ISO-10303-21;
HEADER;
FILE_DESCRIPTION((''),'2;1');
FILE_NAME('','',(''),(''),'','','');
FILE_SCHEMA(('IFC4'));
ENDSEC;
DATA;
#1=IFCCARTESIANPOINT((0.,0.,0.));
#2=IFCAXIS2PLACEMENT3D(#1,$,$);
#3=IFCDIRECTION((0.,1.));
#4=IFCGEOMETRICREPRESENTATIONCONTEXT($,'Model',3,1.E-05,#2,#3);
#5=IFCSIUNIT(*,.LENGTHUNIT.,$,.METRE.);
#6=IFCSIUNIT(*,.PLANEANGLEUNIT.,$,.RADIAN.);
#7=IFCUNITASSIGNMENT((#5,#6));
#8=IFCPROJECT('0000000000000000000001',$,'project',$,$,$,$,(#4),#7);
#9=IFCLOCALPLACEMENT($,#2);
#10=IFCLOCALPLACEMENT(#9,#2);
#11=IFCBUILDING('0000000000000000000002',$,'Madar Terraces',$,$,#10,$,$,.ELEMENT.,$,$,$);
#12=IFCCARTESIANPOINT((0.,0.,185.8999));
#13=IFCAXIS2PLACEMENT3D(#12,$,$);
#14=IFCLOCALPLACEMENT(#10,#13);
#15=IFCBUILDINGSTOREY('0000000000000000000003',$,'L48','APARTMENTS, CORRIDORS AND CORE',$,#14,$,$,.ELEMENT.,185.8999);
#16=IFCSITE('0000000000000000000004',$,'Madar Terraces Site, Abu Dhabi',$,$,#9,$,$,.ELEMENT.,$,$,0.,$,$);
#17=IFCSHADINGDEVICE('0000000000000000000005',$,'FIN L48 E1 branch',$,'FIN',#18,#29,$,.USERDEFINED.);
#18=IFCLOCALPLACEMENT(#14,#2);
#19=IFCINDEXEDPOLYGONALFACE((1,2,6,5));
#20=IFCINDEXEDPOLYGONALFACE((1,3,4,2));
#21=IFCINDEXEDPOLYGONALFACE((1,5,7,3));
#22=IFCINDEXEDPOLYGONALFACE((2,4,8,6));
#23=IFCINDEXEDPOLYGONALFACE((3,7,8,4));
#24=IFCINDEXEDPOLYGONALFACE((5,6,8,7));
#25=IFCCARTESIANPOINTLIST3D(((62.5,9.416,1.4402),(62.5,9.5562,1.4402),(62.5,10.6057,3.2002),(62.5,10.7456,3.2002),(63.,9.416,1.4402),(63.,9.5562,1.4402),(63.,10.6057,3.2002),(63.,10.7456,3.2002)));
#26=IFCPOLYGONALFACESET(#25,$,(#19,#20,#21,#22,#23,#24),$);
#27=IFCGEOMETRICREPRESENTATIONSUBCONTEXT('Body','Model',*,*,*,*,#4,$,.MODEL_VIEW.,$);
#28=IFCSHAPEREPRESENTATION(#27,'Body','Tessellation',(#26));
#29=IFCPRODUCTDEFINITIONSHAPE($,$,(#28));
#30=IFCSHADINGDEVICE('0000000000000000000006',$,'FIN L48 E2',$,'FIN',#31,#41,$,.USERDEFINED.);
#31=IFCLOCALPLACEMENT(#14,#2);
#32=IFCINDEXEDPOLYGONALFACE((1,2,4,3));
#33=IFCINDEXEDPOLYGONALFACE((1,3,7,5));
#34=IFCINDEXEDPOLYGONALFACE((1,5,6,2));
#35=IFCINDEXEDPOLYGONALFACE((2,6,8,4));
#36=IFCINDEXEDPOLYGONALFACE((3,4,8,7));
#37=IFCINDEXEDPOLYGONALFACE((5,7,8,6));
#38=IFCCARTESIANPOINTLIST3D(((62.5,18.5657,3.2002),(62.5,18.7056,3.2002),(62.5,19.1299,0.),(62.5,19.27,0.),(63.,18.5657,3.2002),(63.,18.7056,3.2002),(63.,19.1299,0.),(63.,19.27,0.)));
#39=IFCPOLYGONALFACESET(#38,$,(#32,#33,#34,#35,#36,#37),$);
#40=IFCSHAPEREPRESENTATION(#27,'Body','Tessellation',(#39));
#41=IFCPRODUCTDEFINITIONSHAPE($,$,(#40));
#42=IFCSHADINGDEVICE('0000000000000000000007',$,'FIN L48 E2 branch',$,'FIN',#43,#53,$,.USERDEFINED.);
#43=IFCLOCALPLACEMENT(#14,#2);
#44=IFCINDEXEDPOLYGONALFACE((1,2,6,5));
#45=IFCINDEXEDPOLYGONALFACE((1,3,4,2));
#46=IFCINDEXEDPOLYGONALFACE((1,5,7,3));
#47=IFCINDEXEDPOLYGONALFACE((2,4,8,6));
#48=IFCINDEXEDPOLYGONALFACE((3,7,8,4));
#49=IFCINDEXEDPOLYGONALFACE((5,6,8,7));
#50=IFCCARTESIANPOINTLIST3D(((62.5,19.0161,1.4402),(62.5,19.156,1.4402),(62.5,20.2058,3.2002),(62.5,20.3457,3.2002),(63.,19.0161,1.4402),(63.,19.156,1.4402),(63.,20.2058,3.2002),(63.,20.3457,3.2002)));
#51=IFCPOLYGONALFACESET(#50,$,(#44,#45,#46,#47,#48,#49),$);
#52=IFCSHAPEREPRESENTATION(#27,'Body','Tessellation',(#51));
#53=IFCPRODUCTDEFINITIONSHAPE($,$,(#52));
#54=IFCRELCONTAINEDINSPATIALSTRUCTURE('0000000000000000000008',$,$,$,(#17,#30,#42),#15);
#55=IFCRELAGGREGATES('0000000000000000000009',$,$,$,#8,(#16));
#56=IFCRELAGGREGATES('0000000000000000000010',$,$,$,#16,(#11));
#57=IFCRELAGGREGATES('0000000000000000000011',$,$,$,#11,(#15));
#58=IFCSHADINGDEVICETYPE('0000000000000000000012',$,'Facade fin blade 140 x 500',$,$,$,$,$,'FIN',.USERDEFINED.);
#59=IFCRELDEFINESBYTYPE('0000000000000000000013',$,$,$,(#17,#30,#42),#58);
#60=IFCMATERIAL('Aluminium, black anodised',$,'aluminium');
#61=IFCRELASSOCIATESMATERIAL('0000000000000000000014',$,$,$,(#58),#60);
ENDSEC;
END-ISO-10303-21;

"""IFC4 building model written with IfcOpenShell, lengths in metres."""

from ifc_helpers import new_model, si_unit, direction, frame, origin, place, context, subcontext, project, spatial, polyline, outline, extrude, material, type_object, element, save


model = new_model("IFC4")

# Units and contexts
model_context = context("Model", 3, precision=1e-05, world=origin(), true_north=direction((0.0, 1.0)))
body_context = subcontext(model_context, "Body", "Model", "MODEL_VIEW")
ifc_project = project(units=[si_unit("LENGTHUNIT", "METRE"), si_unit("PLANEANGLEUNIT", "RADIAN")], contexts=[model_context])

# Site, building, storey
site_placement = place(None, origin())
site = spatial("IfcSite", under=ifc_project, at=site_placement, Name="Madar Terraces Site, Abu Dhabi", CompositionType="ELEMENT", RefElevation=0.0)
building_placement = place(site_placement, origin())
building = spatial("IfcBuilding", under=site, at=building_placement, Name="Madar Terraces", CompositionType="ELEMENT")
storey_placement = place(building_placement, frame((0.0, 0.0, 185.8999)))
storey = spatial("IfcBuildingStorey", under=building, at=storey_placement, Name="L48", Description="APARTMENTS, CORRIDORS AND CORE", CompositionType="ELEMENT", Elevation=185.8999)

# Shading devices
ifc_material_1 = material(Name="Aluminium, black anodised", Category="aluminium")
shading_device_type = type_object("IfcShadingDeviceType", Name="Facade fin blade 140 x 500", ElementType="FIN", PredefinedType="USERDEFINED", material=ifc_material_1)
shading_device_1_placement = place(storey_placement, frame((62.75, 9.416, 1.4402), z_axis=(0.0, 0.0, 1.0), x_axis=(0.0, 1.0, 0.0)))
element("IfcShadingDevice", 1, at=shading_device_1_placement, inside=storey, type_object=shading_device_type, Name="FIN L48 E1 branch", ObjectType="FIN", PredefinedType="USERDEFINED", context=body_context, shape_type="SweptSolid", body=[
    extrude(outline(polyline([(0.0, 0.0), (0.1401, 0.0), (1.3296, 1.76), (1.1897, 1.76), (0.0, 0.0)])), frame((0.0, 0.25, 0.0), z_axis=(0.0, -1.0, 0.0), x_axis=(1.0, 0.0, 0.0)), (0.0, 0.0, 1.0), 0.5),
])
shading_device_2_placement = place(storey_placement, frame((62.75, 19.1299, 0.0), z_axis=(0.0, 0.0, 1.0), x_axis=(0.0, 1.0, 0.0)))
element("IfcShadingDevice", 2, at=shading_device_2_placement, inside=storey, type_object=shading_device_type, Name="FIN L48 E2", ObjectType="FIN", PredefinedType="USERDEFINED", context=body_context, shape_type="SweptSolid", body=[
    extrude(outline(polyline([(0.0, 0.0), (0.1401, 0.0), (-0.4243, 3.2002), (-0.5642, 3.2002), (0.0, 0.0)])), frame((0.0, 0.25, 0.0), z_axis=(0.0, -1.0, 0.0), x_axis=(1.0, 0.0, 0.0)), (0.0, 0.0, 1.0), 0.5),
])
shading_device_3_placement = place(storey_placement, frame((62.75, 19.0161, 1.4402), z_axis=(0.0, 0.0, 1.0), x_axis=(0.0, 1.0, 0.0)))
element("IfcShadingDevice", 3, at=shading_device_3_placement, inside=storey, type_object=shading_device_type, Name="FIN L48 E2 branch", ObjectType="FIN", PredefinedType="USERDEFINED", context=body_context, shape_type="SweptSolid", body=[
    extrude(outline(polyline([(0.0, 0.0), (0.1399, 0.0), (1.3296, 1.76), (1.1897, 1.76), (0.0, 0.0)])), frame((0.0, 0.25, 0.0), z_axis=(0.0, -1.0, 0.0), x_axis=(1.0, 0.0, 0.0)), (0.0, 0.0, 1.0), 0.5),
])

save(model, "model.ifc")
